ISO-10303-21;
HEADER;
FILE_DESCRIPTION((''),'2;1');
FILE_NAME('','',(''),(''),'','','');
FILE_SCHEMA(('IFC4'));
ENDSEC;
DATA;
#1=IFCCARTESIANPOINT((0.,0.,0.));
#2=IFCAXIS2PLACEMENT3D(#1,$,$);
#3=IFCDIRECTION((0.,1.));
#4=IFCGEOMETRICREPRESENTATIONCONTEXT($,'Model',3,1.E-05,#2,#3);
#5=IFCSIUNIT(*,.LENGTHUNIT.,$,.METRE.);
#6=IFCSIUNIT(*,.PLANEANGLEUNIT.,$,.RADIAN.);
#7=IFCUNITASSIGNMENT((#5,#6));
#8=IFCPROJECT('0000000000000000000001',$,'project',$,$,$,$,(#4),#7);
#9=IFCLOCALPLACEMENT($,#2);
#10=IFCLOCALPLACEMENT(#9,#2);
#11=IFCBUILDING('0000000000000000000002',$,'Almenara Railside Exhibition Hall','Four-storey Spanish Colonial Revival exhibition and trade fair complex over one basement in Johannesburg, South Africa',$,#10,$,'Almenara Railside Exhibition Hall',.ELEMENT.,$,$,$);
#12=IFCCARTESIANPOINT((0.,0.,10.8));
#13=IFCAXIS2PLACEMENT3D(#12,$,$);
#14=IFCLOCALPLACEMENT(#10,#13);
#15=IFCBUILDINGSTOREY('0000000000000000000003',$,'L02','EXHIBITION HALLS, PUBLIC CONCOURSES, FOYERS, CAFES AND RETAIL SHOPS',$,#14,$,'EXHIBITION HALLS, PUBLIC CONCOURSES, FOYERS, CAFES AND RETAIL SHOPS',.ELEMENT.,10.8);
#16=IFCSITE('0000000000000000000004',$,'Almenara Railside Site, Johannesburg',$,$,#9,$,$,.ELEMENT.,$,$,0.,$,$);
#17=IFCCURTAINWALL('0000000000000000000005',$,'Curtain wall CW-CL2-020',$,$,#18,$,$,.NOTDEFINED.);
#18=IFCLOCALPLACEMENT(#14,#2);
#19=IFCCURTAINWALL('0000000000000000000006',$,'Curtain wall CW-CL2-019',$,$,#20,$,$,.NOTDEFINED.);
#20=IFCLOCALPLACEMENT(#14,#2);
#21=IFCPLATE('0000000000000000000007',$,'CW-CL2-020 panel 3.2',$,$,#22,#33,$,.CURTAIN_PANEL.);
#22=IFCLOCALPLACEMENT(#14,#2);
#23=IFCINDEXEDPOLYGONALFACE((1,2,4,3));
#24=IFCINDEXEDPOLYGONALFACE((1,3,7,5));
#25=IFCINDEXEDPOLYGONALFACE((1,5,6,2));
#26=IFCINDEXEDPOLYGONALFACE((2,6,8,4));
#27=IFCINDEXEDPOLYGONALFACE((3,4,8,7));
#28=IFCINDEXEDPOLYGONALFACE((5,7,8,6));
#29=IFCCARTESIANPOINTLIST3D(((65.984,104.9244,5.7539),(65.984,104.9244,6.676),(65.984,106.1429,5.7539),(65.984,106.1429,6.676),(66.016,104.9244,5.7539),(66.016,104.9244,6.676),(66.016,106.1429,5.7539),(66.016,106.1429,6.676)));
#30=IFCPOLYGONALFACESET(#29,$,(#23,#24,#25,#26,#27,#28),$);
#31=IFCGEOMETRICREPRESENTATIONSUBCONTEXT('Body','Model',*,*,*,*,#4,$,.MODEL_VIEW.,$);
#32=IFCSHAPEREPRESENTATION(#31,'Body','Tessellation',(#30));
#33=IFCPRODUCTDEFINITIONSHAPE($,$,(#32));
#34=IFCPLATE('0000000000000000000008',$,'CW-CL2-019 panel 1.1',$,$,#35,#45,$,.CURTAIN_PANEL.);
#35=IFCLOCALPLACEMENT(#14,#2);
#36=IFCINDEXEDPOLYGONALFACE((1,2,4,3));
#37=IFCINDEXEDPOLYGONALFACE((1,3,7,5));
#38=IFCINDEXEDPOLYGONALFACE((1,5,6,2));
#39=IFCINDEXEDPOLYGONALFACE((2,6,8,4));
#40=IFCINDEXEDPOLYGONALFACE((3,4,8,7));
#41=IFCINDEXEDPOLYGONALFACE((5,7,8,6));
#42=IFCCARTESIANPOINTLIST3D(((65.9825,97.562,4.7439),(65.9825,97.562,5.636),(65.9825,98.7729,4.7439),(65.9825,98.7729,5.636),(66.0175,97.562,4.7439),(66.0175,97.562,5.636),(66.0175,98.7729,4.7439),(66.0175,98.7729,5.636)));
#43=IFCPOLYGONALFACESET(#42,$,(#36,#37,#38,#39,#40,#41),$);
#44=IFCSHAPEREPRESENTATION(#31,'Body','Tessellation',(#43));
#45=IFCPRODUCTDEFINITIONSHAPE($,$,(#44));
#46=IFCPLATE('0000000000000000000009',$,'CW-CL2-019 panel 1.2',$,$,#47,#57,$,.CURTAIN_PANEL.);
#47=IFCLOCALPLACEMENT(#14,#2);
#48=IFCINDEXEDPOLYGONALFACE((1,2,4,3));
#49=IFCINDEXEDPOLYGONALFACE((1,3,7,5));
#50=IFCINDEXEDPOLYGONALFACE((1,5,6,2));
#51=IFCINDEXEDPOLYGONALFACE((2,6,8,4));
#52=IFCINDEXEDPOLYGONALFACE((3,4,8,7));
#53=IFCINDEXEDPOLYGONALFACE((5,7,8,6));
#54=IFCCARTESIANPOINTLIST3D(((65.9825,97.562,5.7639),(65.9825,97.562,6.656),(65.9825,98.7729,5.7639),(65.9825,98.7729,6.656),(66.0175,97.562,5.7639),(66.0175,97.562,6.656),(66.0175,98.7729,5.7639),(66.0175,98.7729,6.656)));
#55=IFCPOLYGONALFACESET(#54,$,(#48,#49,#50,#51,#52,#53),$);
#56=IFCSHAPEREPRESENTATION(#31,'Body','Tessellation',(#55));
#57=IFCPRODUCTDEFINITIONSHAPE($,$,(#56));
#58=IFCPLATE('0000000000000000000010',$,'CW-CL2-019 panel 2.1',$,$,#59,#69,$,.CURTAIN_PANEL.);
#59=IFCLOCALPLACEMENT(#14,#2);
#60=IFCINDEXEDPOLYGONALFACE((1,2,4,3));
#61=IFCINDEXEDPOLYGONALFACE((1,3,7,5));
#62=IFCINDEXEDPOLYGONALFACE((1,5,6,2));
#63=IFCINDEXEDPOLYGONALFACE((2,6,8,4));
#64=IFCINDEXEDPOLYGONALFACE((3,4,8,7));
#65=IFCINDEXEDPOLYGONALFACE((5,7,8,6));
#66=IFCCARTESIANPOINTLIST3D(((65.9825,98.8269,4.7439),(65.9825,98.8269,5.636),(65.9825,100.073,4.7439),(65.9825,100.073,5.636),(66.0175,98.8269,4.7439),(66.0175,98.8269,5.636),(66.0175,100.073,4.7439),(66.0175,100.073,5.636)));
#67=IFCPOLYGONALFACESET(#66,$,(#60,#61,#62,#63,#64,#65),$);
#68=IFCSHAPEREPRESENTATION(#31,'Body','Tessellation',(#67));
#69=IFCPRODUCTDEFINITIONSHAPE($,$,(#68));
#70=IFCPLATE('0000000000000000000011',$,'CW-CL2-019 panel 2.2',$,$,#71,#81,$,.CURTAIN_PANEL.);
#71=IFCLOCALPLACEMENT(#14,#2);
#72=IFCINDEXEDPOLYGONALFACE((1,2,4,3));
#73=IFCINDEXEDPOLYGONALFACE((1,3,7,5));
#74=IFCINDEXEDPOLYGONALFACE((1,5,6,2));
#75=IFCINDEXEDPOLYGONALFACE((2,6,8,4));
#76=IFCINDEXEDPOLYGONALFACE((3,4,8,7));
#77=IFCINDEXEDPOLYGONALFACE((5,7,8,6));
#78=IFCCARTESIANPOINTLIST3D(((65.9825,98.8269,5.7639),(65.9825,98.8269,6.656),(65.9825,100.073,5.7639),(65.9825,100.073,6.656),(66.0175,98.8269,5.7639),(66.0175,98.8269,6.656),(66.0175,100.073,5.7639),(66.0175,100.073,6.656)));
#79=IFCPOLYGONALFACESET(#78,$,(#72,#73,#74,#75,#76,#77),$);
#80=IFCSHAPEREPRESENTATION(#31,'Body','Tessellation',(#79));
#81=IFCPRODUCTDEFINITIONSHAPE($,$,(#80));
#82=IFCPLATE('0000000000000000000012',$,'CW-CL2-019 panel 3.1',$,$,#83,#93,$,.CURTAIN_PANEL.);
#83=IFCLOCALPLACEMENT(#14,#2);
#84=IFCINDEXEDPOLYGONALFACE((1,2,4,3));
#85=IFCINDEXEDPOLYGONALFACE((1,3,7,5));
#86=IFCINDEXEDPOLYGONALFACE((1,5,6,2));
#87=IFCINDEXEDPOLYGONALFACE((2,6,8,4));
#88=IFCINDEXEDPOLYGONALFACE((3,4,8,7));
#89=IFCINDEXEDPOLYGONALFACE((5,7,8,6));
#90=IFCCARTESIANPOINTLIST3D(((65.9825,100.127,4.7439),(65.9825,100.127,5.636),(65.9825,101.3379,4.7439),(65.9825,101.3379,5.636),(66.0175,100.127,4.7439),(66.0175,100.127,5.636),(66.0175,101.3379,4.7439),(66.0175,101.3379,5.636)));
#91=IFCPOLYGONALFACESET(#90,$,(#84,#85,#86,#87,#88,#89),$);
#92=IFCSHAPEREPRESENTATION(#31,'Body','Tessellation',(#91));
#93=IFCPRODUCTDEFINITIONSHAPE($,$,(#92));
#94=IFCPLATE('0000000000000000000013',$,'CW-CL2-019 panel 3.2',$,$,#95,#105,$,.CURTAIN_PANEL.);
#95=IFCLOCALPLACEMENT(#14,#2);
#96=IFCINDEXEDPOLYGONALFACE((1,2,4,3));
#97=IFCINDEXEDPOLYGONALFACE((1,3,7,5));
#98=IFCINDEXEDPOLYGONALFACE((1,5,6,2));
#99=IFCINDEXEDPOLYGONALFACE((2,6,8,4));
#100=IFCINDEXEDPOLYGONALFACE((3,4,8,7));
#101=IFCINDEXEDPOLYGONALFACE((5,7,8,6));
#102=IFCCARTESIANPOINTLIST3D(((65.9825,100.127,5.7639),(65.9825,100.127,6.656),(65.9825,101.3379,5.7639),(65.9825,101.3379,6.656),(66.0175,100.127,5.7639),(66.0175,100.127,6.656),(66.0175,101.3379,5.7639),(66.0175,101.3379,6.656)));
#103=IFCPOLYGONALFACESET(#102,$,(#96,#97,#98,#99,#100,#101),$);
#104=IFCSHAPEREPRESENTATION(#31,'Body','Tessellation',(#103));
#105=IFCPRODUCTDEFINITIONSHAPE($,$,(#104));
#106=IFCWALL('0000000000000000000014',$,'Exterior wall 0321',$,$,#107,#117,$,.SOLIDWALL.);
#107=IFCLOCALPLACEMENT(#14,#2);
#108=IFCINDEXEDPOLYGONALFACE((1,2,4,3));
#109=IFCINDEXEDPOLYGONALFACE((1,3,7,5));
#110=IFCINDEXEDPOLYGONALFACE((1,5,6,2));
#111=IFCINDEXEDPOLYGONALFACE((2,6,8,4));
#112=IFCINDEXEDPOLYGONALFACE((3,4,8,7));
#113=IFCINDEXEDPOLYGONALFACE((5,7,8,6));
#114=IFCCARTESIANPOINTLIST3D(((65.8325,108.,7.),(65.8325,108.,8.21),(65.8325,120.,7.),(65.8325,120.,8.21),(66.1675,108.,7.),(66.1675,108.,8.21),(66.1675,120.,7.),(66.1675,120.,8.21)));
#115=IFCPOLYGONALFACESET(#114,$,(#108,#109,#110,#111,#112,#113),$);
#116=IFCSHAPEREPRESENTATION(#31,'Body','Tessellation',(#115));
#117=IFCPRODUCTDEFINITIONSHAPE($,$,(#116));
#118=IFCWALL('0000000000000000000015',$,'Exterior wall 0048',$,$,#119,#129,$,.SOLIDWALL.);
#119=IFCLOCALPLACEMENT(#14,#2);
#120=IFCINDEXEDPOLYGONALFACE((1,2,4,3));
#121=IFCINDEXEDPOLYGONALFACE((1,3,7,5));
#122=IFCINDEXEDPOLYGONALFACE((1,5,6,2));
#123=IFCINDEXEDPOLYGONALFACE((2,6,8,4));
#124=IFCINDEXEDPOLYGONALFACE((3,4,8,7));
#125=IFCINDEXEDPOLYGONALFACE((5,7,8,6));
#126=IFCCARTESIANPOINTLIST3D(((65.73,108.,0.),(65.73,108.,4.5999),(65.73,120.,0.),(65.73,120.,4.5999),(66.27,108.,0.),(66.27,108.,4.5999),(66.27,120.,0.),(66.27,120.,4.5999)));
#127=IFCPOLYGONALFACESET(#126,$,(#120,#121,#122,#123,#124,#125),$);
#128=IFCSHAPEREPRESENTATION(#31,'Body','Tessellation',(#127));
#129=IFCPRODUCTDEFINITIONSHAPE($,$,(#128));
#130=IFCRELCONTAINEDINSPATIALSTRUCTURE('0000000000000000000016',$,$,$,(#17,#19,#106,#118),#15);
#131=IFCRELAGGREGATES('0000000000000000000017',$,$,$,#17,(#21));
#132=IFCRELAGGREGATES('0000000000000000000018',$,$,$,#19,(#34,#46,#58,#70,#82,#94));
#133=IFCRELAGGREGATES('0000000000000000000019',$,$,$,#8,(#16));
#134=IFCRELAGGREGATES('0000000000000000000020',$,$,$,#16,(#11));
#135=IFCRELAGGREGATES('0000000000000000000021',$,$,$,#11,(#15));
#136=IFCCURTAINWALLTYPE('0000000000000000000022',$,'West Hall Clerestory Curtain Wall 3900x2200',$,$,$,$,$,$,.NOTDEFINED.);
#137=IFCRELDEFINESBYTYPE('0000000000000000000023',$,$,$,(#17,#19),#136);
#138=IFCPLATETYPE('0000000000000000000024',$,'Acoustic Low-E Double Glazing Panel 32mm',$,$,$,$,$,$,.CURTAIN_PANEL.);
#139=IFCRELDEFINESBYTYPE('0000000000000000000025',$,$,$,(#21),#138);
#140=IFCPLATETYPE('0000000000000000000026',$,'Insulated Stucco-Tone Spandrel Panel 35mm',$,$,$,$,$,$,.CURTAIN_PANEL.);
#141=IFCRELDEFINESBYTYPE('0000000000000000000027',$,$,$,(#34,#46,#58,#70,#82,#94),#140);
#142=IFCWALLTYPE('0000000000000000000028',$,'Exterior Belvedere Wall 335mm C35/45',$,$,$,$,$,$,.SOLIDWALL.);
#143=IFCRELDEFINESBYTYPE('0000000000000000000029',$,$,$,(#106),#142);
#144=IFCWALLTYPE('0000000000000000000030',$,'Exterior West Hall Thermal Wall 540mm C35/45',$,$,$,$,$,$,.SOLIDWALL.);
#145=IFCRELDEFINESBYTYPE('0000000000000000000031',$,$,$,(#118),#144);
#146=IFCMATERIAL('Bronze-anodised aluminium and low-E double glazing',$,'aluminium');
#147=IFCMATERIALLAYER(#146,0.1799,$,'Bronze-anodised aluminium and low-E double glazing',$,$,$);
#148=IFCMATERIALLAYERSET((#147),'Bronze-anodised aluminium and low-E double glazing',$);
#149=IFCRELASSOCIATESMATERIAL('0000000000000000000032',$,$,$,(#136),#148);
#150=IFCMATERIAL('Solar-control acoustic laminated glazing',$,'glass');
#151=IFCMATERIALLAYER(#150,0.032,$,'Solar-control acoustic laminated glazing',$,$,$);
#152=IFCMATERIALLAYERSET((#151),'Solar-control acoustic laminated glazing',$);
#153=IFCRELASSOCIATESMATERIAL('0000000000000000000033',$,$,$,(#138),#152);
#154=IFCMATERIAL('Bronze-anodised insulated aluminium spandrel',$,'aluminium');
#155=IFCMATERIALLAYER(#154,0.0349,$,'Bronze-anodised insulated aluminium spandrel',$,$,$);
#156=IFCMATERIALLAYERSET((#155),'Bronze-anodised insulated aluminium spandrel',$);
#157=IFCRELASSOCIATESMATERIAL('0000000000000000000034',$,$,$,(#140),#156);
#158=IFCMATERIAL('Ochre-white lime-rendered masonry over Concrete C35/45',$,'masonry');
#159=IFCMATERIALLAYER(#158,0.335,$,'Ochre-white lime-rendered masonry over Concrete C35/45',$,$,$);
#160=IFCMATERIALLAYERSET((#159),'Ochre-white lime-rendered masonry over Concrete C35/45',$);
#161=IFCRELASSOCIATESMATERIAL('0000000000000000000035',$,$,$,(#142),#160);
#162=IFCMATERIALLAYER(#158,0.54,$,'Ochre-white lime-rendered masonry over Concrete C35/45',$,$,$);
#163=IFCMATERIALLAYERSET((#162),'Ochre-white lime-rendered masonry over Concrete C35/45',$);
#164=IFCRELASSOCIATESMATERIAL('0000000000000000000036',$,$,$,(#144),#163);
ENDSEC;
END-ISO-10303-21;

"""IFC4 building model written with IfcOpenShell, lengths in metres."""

from ifc_helpers import new_model, si_unit, direction, frame, frame_2d, origin, origin_2d, place, context, subcontext, project, spatial, rectangle, extrude, material, layer, layer_set, type_object, element, aggregate, save


model = new_model("IFC4")

# Units and contexts
model_context = context("Model", 3, precision=1e-05, world=origin(), true_north=direction((0.0, 1.0)))
body_context = subcontext(model_context, "Body", "Model", "MODEL_VIEW")
ifc_project = project(units=[si_unit("LENGTHUNIT", "METRE"), si_unit("PLANEANGLEUNIT", "RADIAN")], contexts=[model_context])

# Site, building, storey
site_placement = place(None, origin())
site = spatial("IfcSite", under=ifc_project, at=site_placement, Name="Almenara Railside Site, Johannesburg", CompositionType="ELEMENT", RefElevation=0.0)
building_placement = place(site_placement, origin())
building = spatial("IfcBuilding", under=site, at=building_placement, Name="Almenara Railside Exhibition Hall", Description="Four-storey Spanish Colonial Revival exhibition and trade fair complex over one basement in Johannesburg, South Africa", LongName="Almenara Railside Exhibition Hall", CompositionType="ELEMENT")
storey_placement = place(building_placement, frame((0.0, 0.0, 10.8)))
storey = spatial("IfcBuildingStorey", under=building, at=storey_placement, Name="L02", Description="EXHIBITION HALLS, PUBLIC CONCOURSES, FOYERS, CAFES AND RETAIL SHOPS", LongName="EXHIBITION HALLS, PUBLIC CONCOURSES, FOYERS, CAFES AND RETAIL SHOPS", CompositionType="ELEMENT", Elevation=10.8)

# Curtain walls
ifc_material_1 = material(Name="Bronze-anodised aluminium and low-E double glazing", Category="aluminium")
ifc_layer_1 = layer(ifc_material_1, 0.1799, Name="Bronze-anodised aluminium and low-E double glazing")
ifc_layer_set_1 = layer_set([ifc_layer_1], Name="Bronze-anodised aluminium and low-E double glazing")
curtain_wall_type = type_object("IfcCurtainWallType", Name="West Hall Clerestory Curtain Wall 3900x2200", PredefinedType="NOTDEFINED", material=ifc_layer_set_1)
curtain_wall_1_placement = place(storey_placement, origin())
curtain_wall_1 = element("IfcCurtainWall", 1, at=curtain_wall_1_placement, inside=storey, type_object=curtain_wall_type, Name="Curtain wall CW-CL2-020", PredefinedType="NOTDEFINED")
curtain_wall_2_placement = place(storey_placement, origin())
curtain_wall_2 = element("IfcCurtainWall", 2, at=curtain_wall_2_placement, inside=storey, type_object=curtain_wall_type, Name="Curtain wall CW-CL2-019", PredefinedType="NOTDEFINED")

# Plates
ifc_material_2 = material(Name="Solar-control acoustic laminated glazing", Category="glass")
ifc_layer_2 = layer(ifc_material_2, 0.032, Name="Solar-control acoustic laminated glazing")
ifc_layer_set_2 = layer_set([ifc_layer_2], Name="Solar-control acoustic laminated glazing")
plate_type_1 = type_object("IfcPlateType", Name="Acoustic Low-E Double Glazing Panel 32mm", PredefinedType="CURTAIN_PANEL", material=ifc_layer_set_2)
plate_1_placement = place(storey_placement, frame((66.0, 105.5337, 5.7539), z_axis=(0.0, 0.0, 1.0), x_axis=(0.0, 1.0, 0.0)))
plate_1 = element("IfcPlate", 3, at=plate_1_placement, type_object=plate_type_1, Name="CW-CL2-020 panel 3.2", PredefinedType="CURTAIN_PANEL", context=body_context, shape_type="SweptSolid", body=[
    extrude(rectangle(XDim=1.2185, YDim=0.032, at=origin_2d()), origin(), (0.0, 0.0, 1.0), 0.9221),
])
aggregate(curtain_wall_1, [plate_1])
ifc_material_3 = material(Name="Bronze-anodised insulated aluminium spandrel", Category="aluminium")
ifc_layer_3 = layer(ifc_material_3, 0.0349, Name="Bronze-anodised insulated aluminium spandrel")
ifc_layer_set_3 = layer_set([ifc_layer_3], Name="Bronze-anodised insulated aluminium spandrel")
plate_type_2 = type_object("IfcPlateType", Name="Insulated Stucco-Tone Spandrel Panel 35mm", PredefinedType="CURTAIN_PANEL", material=ifc_layer_set_3)
plate_2_placement = place(storey_placement, frame((66.0, 98.1675, 4.7439), z_axis=(0.0, 0.0, 1.0), x_axis=(0.0, 1.0, 0.0)))
plate_2 = element("IfcPlate", 4, at=plate_2_placement, type_object=plate_type_2, Name="CW-CL2-019 panel 1.1", PredefinedType="CURTAIN_PANEL", context=body_context, shape_type="SweptSolid", body=[
    extrude(rectangle(XDim=1.2109, YDim=0.0349, at=origin_2d()), origin(), (0.0, 0.0, 1.0), 0.8921),
])
plate_3_placement = place(storey_placement, frame((66.0, 98.1675, 5.7639), z_axis=(0.0, 0.0, 1.0), x_axis=(0.0, 1.0, 0.0)))
plate_3 = element("IfcPlate", 5, at=plate_3_placement, type_object=plate_type_2, Name="CW-CL2-019 panel 1.2", PredefinedType="CURTAIN_PANEL", context=body_context, shape_type="SweptSolid", body=[
    extrude(rectangle(XDim=1.2109, YDim=0.0349, at=origin_2d()), origin(), (0.0, 0.0, 1.0), 0.8921),
])
plate_4_placement = place(storey_placement, frame((66.0, 99.45, 4.7439), z_axis=(0.0, 0.0, 1.0), x_axis=(0.0, 1.0, 0.0)))
plate_4 = element("IfcPlate", 6, at=plate_4_placement, type_object=plate_type_2, Name="CW-CL2-019 panel 2.1", PredefinedType="CURTAIN_PANEL", context=body_context, shape_type="SweptSolid", body=[
    extrude(rectangle(XDim=1.2461, YDim=0.0349, at=origin_2d()), origin(), (0.0, 0.0, 1.0), 0.8921),
])
plate_5_placement = place(storey_placement, frame((66.0, 99.45, 5.7639), z_axis=(0.0, 0.0, 1.0), x_axis=(0.0, 1.0, 0.0)))
plate_5 = element("IfcPlate", 7, at=plate_5_placement, type_object=plate_type_2, Name="CW-CL2-019 panel 2.2", PredefinedType="CURTAIN_PANEL", context=body_context, shape_type="SweptSolid", body=[
    extrude(rectangle(XDim=1.2461, YDim=0.0349, at=origin_2d()), origin(), (0.0, 0.0, 1.0), 0.8921),
])
plate_6_placement = place(storey_placement, frame((66.0, 100.7324, 4.7439), z_axis=(0.0, 0.0, 1.0), x_axis=(0.0, 1.0, 0.0)))
plate_6 = element("IfcPlate", 8, at=plate_6_placement, type_object=plate_type_2, Name="CW-CL2-019 panel 3.1", PredefinedType="CURTAIN_PANEL", context=body_context, shape_type="SweptSolid", body=[
    extrude(rectangle(XDim=1.2109, YDim=0.0349, at=origin_2d()), origin(), (0.0, 0.0, 1.0), 0.8921),
])
plate_7_placement = place(storey_placement, frame((66.0, 100.7324, 5.7639), z_axis=(0.0, 0.0, 1.0), x_axis=(0.0, 1.0, 0.0)))
plate_7 = element("IfcPlate", 9, at=plate_7_placement, type_object=plate_type_2, Name="CW-CL2-019 panel 3.2", PredefinedType="CURTAIN_PANEL", context=body_context, shape_type="SweptSolid", body=[
    extrude(rectangle(XDim=1.2109, YDim=0.0349, at=origin_2d()), origin(), (0.0, 0.0, 1.0), 0.8921),
])
aggregate(curtain_wall_2, [plate_2, plate_3, plate_4, plate_5, plate_6, plate_7])

# Walls
ifc_material_4 = material(Name="Ochre-white lime-rendered masonry over Concrete C35/45", Category="masonry")
ifc_layer_4 = layer(ifc_material_4, 0.335, Name="Ochre-white lime-rendered masonry over Concrete C35/45")
ifc_layer_set_4 = layer_set([ifc_layer_4], Name="Ochre-white lime-rendered masonry over Concrete C35/45")
wall_type_1 = type_object("IfcWallType", Name="Exterior Belvedere Wall 335mm C35/45", PredefinedType="SOLIDWALL", material=ifc_layer_set_4)
wall_1_placement = place(storey_placement, frame((66.0, 108.0, 7.0), z_axis=(0.0, 0.0, 1.0), x_axis=(0.0, 1.0, 0.0)))
element("IfcWall", 10, at=wall_1_placement, inside=storey, type_object=wall_type_1, Name="Exterior wall 0321", PredefinedType="SOLIDWALL", context=body_context, shape_type="SweptSolid", body=[
    extrude(rectangle(XDim=12.0, YDim=0.335, at=frame_2d((6.0, 0.0))), origin(), (0.0, 0.0, 1.0), 1.21),
])
ifc_layer_5 = layer(ifc_material_4, 0.54, Name="Ochre-white lime-rendered masonry over Concrete C35/45")
ifc_layer_set_5 = layer_set([ifc_layer_5], Name="Ochre-white lime-rendered masonry over Concrete C35/45")
wall_type_2 = type_object("IfcWallType", Name="Exterior West Hall Thermal Wall 540mm C35/45", PredefinedType="SOLIDWALL", material=ifc_layer_set_5)
wall_2_placement = place(storey_placement, frame((66.0, 108.0, 0.0), z_axis=(0.0, 0.0, 1.0), x_axis=(0.0, 1.0, 0.0)))
element("IfcWall", 11, at=wall_2_placement, inside=storey, type_object=wall_type_2, Name="Exterior wall 0048", PredefinedType="SOLIDWALL", context=body_context, shape_type="SweptSolid", body=[
    extrude(rectangle(XDim=12.0, YDim=0.54, at=frame_2d((6.0, 0.0))), origin(), (0.0, 0.0, 1.0), 4.5999),
])

save(model, "model.ifc")
